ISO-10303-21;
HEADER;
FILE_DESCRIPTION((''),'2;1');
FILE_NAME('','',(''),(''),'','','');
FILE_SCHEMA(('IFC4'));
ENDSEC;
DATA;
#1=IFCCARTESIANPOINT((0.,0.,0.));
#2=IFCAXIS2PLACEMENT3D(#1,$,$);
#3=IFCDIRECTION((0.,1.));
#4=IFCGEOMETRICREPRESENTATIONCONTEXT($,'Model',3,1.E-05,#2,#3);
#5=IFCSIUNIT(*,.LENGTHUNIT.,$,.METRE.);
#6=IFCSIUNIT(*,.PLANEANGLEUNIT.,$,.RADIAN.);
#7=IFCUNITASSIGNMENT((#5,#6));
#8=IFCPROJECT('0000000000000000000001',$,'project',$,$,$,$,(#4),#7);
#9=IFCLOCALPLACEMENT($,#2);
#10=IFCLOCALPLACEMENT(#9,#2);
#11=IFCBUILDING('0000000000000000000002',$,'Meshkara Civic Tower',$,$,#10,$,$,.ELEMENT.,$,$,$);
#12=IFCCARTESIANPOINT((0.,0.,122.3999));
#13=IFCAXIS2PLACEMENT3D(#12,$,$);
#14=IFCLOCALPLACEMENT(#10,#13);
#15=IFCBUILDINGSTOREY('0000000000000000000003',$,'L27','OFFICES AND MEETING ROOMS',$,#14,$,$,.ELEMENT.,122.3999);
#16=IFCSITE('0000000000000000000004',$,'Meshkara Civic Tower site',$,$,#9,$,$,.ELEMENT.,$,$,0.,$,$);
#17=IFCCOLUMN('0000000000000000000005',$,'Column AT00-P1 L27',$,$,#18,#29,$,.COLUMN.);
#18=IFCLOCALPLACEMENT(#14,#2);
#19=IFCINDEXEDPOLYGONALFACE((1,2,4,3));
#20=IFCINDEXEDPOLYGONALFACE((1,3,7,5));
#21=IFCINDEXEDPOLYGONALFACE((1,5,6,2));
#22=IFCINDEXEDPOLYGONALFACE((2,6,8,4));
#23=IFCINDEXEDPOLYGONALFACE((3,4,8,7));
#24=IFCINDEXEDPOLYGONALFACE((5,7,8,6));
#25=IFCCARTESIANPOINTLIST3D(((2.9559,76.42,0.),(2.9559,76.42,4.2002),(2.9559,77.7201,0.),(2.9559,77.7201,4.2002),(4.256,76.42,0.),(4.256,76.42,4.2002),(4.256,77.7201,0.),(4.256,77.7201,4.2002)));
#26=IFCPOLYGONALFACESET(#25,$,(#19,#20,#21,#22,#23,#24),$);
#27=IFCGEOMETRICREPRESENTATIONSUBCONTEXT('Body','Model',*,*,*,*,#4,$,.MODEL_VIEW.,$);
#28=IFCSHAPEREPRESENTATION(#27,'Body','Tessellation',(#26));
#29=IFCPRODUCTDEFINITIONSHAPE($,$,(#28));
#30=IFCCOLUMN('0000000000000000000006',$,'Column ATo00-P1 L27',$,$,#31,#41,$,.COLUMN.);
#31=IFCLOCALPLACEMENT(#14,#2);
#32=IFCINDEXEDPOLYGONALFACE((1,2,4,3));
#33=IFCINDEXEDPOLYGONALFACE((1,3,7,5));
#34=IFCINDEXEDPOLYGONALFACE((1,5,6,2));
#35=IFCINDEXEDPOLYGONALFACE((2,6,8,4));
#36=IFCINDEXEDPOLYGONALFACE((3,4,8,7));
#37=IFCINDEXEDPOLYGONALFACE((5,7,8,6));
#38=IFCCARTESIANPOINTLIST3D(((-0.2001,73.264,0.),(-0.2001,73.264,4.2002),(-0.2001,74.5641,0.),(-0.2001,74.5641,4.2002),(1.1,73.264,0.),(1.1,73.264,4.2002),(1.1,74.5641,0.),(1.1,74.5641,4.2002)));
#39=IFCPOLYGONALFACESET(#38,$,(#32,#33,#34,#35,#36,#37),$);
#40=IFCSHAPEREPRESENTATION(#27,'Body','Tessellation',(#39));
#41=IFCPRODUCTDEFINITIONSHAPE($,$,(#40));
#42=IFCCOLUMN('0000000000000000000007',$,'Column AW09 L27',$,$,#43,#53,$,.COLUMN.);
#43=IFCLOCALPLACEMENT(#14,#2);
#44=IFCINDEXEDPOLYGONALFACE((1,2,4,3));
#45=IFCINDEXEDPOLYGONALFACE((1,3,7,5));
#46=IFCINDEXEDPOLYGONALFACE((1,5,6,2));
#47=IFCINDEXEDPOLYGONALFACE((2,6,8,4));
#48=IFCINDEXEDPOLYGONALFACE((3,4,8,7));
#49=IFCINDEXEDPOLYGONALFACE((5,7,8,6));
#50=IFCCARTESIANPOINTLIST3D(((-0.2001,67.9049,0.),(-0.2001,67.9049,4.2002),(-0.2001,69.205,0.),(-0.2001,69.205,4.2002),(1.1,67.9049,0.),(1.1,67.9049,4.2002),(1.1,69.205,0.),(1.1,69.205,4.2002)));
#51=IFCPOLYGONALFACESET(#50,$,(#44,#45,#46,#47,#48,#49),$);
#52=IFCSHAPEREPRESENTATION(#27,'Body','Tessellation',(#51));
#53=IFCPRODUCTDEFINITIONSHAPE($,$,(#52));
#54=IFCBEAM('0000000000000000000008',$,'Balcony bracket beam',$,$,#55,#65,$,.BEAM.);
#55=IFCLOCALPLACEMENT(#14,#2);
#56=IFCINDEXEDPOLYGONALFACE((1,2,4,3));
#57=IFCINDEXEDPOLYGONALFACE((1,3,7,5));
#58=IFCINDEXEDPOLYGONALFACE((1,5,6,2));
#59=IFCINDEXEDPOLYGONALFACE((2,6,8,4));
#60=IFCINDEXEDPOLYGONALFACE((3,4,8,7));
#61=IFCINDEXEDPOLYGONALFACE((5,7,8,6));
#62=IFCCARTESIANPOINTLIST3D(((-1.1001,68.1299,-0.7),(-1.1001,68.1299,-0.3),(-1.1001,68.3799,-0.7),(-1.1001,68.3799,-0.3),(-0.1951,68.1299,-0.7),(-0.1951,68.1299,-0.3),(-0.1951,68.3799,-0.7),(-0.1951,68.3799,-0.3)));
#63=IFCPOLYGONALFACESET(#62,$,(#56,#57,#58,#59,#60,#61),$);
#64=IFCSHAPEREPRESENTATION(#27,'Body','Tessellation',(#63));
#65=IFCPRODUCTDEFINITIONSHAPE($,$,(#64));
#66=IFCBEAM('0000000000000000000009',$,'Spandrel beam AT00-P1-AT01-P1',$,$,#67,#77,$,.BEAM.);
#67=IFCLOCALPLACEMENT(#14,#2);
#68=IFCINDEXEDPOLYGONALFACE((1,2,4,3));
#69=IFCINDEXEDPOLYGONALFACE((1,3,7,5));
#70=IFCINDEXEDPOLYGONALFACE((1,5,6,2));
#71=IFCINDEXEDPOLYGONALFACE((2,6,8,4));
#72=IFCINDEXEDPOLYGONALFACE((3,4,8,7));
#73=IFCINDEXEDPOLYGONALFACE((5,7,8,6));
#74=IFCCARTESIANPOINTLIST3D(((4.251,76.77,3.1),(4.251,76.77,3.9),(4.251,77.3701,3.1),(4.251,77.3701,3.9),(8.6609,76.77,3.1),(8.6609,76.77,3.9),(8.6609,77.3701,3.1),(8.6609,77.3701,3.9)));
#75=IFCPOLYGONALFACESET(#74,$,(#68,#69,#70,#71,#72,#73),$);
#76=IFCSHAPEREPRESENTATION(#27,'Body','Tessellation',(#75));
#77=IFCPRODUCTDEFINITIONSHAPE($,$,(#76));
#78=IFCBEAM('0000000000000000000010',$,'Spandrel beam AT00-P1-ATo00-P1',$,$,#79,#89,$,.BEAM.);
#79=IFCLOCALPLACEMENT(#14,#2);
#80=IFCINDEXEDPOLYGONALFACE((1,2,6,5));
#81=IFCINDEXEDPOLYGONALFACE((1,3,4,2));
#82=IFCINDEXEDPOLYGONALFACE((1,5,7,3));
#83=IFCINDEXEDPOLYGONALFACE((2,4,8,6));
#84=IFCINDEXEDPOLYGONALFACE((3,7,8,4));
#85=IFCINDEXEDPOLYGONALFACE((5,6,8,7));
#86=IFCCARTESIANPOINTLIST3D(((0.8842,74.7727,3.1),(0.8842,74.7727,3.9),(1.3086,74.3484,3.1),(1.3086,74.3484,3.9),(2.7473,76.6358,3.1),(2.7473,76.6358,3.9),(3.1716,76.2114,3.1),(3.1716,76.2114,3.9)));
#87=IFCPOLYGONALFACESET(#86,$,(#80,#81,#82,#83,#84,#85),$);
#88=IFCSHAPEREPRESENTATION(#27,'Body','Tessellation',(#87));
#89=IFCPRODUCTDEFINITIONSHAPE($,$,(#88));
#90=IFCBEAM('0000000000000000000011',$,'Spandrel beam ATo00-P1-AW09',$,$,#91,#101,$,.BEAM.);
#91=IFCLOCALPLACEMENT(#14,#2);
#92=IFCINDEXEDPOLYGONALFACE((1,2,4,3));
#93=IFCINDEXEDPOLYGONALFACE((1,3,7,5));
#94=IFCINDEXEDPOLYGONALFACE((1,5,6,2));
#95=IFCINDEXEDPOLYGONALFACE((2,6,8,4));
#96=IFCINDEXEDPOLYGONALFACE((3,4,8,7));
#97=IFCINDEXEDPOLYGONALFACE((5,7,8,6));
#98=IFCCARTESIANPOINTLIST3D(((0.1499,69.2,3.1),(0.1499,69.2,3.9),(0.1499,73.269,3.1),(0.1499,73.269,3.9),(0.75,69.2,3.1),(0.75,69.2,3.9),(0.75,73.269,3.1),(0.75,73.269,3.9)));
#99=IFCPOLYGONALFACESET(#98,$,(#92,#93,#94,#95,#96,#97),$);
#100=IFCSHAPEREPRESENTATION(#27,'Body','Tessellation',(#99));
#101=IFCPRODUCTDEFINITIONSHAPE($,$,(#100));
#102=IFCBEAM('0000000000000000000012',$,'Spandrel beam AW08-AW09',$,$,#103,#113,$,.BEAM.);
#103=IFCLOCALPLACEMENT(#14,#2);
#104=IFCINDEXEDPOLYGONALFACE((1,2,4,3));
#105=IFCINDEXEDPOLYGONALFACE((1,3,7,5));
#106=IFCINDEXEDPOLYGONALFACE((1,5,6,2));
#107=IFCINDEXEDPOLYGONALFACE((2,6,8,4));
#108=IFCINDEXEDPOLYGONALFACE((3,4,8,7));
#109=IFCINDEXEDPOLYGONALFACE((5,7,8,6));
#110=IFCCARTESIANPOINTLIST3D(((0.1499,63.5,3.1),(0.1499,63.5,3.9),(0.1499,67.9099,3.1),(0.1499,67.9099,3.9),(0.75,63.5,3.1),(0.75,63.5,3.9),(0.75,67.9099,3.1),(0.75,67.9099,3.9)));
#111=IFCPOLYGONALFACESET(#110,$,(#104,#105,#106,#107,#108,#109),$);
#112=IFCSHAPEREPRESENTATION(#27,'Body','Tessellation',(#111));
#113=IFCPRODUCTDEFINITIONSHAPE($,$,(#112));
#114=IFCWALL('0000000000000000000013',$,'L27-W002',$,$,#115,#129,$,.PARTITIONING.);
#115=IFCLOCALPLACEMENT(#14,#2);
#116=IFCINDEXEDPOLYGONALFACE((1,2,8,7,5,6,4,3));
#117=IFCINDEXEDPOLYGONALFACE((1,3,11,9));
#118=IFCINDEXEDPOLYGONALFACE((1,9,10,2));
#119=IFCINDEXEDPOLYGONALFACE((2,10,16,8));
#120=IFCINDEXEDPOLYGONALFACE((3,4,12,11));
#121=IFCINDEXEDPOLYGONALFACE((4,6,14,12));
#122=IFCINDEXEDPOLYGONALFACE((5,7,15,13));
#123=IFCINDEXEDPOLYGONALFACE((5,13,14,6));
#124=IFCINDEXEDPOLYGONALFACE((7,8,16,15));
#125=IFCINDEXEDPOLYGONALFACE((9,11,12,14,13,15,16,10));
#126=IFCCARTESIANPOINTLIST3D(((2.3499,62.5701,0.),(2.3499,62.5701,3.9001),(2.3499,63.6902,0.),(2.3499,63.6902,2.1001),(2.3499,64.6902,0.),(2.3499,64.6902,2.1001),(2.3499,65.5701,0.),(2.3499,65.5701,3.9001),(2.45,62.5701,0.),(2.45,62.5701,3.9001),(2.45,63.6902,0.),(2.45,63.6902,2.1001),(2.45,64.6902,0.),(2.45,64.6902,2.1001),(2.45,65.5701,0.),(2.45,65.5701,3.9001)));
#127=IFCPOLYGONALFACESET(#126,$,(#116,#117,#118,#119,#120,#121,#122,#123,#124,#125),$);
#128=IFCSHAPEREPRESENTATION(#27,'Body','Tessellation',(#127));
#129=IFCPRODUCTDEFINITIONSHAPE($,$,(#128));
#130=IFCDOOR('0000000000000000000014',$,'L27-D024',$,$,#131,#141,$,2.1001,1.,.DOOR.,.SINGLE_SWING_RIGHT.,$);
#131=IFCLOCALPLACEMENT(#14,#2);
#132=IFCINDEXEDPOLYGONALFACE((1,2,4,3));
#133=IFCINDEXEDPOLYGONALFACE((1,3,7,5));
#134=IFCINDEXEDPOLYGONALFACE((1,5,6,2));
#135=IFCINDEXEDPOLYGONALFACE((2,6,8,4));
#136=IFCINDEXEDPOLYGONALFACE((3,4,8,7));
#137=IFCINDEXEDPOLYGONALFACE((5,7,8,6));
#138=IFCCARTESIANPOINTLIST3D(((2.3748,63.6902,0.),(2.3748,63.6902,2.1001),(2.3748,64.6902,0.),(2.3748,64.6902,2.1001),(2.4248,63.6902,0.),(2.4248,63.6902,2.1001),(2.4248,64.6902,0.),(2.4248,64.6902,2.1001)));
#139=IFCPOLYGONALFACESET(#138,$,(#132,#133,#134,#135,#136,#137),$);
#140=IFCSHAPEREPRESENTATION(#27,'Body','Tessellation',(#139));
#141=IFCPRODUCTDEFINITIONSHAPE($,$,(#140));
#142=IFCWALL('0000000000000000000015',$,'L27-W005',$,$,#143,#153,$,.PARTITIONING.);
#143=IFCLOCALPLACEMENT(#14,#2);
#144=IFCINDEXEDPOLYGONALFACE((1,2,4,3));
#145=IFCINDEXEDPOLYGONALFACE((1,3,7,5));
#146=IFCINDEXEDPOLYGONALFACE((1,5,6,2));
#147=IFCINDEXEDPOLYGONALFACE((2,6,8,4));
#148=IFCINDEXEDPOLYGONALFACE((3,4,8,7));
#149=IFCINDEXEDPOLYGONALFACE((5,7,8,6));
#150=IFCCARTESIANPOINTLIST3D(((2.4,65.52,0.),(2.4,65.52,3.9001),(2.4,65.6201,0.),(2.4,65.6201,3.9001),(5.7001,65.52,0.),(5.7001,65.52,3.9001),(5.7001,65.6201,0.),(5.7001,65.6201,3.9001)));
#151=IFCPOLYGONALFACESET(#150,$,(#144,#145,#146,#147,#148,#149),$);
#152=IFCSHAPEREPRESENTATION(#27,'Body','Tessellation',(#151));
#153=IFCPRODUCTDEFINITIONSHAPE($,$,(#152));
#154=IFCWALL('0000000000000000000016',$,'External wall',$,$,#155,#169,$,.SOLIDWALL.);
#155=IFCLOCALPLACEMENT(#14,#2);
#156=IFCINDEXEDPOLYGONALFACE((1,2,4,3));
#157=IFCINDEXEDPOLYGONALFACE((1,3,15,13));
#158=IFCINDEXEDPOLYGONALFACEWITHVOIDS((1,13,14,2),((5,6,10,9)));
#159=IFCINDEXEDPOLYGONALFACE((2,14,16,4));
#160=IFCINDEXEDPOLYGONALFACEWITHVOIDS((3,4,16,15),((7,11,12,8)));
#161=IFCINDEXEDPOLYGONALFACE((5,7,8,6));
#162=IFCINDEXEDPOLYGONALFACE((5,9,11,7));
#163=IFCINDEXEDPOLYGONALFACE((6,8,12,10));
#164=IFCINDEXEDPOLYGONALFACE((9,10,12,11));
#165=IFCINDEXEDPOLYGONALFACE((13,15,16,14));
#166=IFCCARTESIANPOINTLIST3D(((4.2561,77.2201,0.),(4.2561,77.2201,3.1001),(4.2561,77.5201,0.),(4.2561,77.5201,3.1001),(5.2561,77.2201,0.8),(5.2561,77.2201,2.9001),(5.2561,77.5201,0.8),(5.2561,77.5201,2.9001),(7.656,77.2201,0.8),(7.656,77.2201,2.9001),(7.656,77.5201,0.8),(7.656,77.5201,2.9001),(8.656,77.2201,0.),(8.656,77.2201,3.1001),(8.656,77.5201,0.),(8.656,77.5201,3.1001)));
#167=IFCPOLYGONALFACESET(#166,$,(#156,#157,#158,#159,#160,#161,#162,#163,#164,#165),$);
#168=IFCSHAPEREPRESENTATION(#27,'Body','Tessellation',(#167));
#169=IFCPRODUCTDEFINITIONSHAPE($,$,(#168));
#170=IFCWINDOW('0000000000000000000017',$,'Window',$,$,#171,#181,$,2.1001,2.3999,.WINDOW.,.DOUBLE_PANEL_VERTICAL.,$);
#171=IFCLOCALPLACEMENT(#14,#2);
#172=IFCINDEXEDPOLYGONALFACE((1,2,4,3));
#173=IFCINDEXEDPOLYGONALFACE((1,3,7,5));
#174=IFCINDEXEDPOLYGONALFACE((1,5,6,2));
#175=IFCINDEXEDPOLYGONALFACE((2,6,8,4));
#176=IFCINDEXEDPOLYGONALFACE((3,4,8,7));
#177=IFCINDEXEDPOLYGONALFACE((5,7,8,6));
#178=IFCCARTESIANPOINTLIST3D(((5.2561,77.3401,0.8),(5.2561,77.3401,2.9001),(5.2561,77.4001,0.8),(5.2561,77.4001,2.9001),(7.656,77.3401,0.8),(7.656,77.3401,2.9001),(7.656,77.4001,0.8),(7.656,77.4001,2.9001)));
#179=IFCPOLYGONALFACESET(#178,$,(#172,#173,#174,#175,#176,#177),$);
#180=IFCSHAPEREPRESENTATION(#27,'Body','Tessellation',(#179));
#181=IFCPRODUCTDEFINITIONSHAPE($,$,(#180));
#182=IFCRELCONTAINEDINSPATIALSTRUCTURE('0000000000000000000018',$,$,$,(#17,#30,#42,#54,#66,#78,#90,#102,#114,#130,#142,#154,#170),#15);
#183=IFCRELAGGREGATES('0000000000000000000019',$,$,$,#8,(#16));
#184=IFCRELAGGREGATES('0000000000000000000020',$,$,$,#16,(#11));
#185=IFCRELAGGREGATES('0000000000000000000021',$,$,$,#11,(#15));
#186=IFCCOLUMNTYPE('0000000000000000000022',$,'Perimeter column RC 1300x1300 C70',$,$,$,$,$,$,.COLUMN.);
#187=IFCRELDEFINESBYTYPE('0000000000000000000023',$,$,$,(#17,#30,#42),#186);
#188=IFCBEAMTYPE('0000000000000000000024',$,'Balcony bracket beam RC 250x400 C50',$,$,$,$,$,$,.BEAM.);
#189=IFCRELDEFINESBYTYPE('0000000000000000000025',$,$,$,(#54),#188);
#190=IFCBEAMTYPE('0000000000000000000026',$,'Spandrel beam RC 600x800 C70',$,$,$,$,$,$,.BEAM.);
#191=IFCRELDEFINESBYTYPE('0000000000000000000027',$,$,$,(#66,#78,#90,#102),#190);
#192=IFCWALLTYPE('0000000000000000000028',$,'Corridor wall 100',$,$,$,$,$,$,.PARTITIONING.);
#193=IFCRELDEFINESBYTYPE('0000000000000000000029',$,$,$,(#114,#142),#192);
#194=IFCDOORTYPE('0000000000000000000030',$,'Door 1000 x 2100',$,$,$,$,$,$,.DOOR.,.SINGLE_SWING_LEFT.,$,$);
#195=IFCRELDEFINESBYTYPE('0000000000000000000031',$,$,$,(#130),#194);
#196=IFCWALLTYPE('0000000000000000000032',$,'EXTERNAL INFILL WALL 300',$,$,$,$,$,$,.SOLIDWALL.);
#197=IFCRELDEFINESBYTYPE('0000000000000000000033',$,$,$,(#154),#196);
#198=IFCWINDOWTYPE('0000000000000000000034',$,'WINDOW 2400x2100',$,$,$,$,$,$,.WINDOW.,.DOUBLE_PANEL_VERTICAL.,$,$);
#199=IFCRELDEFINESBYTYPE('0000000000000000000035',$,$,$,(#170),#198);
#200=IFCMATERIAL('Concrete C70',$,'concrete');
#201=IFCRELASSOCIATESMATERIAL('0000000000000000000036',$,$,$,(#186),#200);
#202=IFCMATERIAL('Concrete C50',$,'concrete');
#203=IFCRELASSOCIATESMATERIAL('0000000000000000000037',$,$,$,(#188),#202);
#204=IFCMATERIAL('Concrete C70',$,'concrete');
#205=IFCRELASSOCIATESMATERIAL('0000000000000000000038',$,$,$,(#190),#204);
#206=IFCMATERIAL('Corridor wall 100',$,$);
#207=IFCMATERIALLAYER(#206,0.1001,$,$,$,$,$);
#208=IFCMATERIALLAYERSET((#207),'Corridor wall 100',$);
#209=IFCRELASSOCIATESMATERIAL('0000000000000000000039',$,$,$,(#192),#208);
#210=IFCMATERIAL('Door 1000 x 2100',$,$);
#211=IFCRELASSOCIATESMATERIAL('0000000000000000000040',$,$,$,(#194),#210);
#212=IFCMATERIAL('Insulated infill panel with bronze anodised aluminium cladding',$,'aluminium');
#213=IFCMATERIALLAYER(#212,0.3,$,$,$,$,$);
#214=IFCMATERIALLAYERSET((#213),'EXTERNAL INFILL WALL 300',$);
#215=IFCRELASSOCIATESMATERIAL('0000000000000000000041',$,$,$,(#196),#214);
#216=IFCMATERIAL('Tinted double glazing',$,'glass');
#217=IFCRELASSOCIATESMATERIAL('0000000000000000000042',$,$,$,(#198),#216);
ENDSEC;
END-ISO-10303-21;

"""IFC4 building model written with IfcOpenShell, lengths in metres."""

from ifc_helpers import new_model, si_unit, direction, frame, frame_2d, origin, origin_2d, place, context, subcontext, project, spatial, rectangle, extrude, material, layer, layer_set, material_profile, profile_set, type_object, element, fill, save


model = new_model("IFC4")

# Units and contexts
model_context = context("Model", 3, precision=1e-05, world=origin(), true_north=direction((0.0, 1.0)))
body_context = subcontext(model_context, "Body", "Model", "MODEL_VIEW")
ifc_project = project(units=[si_unit("LENGTHUNIT", "METRE"), si_unit("PLANEANGLEUNIT", "RADIAN")], contexts=[model_context])

# Site, building, storey
site_placement = place(None, origin())
site = spatial("IfcSite", under=ifc_project, at=site_placement, Name="Meshkara Civic Tower site", CompositionType="ELEMENT", RefElevation=0.0)
building_placement = place(site_placement, origin())
building = spatial("IfcBuilding", under=site, at=building_placement, Name="Meshkara Civic Tower", CompositionType="ELEMENT")
storey_placement = place(building_placement, frame((0.0, 0.0, 122.3999)))
storey = spatial("IfcBuildingStorey", under=building, at=storey_placement, Name="L27", Description="OFFICES AND MEETING ROOMS", CompositionType="ELEMENT", Elevation=122.3999)

# Columns
ifc_material_1 = material(Name="Concrete C70", Category="concrete")
ifc_material_profile_1 = material_profile(ifc_material_1, rectangle(XDim=1.3, YDim=1.3, at=origin_2d()))
ifc_profile_set_1 = profile_set([ifc_material_profile_1], Name="Concrete C70")
column_type = type_object("IfcColumnType", Name="Perimeter column RC 1300x1300 C70", PredefinedType="COLUMN", material=ifc_profile_set_1)
for number, where, z_axis, x_axis, name in (
    (1, (3.606, 77.0701, 0.0), (0.0, 0.0, 1.0), (1.0, 0.0, 0.0), "Column AT00-P1 L27"),
    (2, (0.45, 73.9141, 0.0), (0.0, 0.0, 1.0), (1.0, 0.0, 0.0), "Column ATo00-P1 L27"),
    (3, (0.45, 68.5549, 0.0), (0.0, 0.0, 1.0), (1.0, 0.0, 0.0), "Column AW09 L27"),
):
    element("IfcColumn", number, at=place(storey_placement, frame(where, z_axis=z_axis, x_axis=x_axis)), inside=storey, type_object=column_type, Name=name, PredefinedType="COLUMN", context=body_context, shape_type="SweptSolid", body=[
        extrude(rectangle(XDim=1.3, YDim=1.3, at=origin_2d()), origin(), (0.0, 0.0, 1.0), 4.2002),
    ])

# Beams
ifc_material_2 = material(Name="Concrete C50", Category="concrete")
ifc_material_profile_2 = material_profile(ifc_material_2, rectangle(XDim=0.25, YDim=0.3999, at=origin_2d()))
ifc_profile_set_2 = profile_set([ifc_material_profile_2], Name="Concrete C50")
beam_type_1 = type_object("IfcBeamType", Name="Balcony bracket beam RC 250x400 C50", PredefinedType="BEAM", material=ifc_profile_set_2)
beam_1_placement = place(storey_placement, frame((-0.1951, 68.2549, -0.5), z_axis=(-1.0, 0.0, 0.0), x_axis=(0.0, -1.0, 0.0)))
element("IfcBeam", 4, at=beam_1_placement, inside=storey, type_object=beam_type_1, Name="Balcony bracket beam", PredefinedType="BEAM", context=body_context, shape_type="SweptSolid", body=[
    extrude(rectangle(XDim=0.25, YDim=0.3999, at=origin_2d()), origin(), (0.0, 0.0, 1.0), 0.905),
])
ifc_material_3 = material(Name="Concrete C70", Category="concrete")
ifc_material_profile_3 = material_profile(ifc_material_3, rectangle(XDim=0.6001, YDim=0.8, at=origin_2d()))
ifc_profile_set_3 = profile_set([ifc_material_profile_3], Name="Concrete C70")
beam_type_2 = type_object("IfcBeamType", Name="Spandrel beam RC 600x800 C70", PredefinedType="BEAM", material=ifc_profile_set_3)
beam_2_placement = place(storey_placement, frame((8.6609, 77.0701, 3.5), z_axis=(-1.0, 0.0, 0.0), x_axis=(0.0, -1.0, 0.0)))
element("IfcBeam", 5, at=beam_2_placement, inside=storey, type_object=beam_type_2, Name="Spandrel beam AT00-P1-AT01-P1", PredefinedType="BEAM", context=body_context, shape_type="SweptSolid", body=[
    extrude(rectangle(XDim=0.6001, YDim=0.8, at=origin_2d()), origin(), (0.0, 0.0, 1.0), 4.4099),
])
beam_3_placement = place(storey_placement, frame((2.9595, 76.4236, 3.5), z_axis=(-0.707107, -0.707107, 0.0), x_axis=(0.707107, -0.707107, 0.0)))
element("IfcBeam", 6, at=beam_3_placement, inside=storey, type_object=beam_type_2, Name="Spandrel beam AT00-P1-ATo00-P1", PredefinedType="BEAM", context=body_context, shape_type="SweptSolid", body=[
    extrude(rectangle(XDim=0.6001, YDim=0.8, at=origin_2d()), origin(), (0.0, 0.0, 1.0), 2.6348),
])
beam_4_placement = place(storey_placement, frame((0.45, 73.269, 3.5), z_axis=(0.0, -1.0, 0.0), x_axis=(1.0, 0.0, 0.0)))
element("IfcBeam", 7, at=beam_4_placement, inside=storey, type_object=beam_type_2, Name="Spandrel beam ATo00-P1-AW09", PredefinedType="BEAM", context=body_context, shape_type="SweptSolid", body=[
    extrude(rectangle(XDim=0.6001, YDim=0.8, at=origin_2d()), origin(), (0.0, 0.0, 1.0), 4.0691),
])
beam_5_placement = place(storey_placement, frame((0.45, 67.9099, 3.5), z_axis=(0.0, -1.0, 0.0), x_axis=(1.0, 0.0, 0.0)))
element("IfcBeam", 8, at=beam_5_placement, inside=storey, type_object=beam_type_2, Name="Spandrel beam AW08-AW09", PredefinedType="BEAM", context=body_context, shape_type="SweptSolid", body=[
    extrude(rectangle(XDim=0.6001, YDim=0.8, at=origin_2d()), origin(), (0.0, 0.0, 1.0), 4.4099),
])

# Wall, opening, door
ifc_material_4 = material(Name="Corridor wall 100")
ifc_layer_1 = layer(ifc_material_4, 0.1001)
ifc_layer_set_1 = layer_set([ifc_layer_1], Name="Corridor wall 100")
wall_type_1 = type_object("IfcWallType", Name="Corridor wall 100", PredefinedType="PARTITIONING", material=ifc_layer_set_1)
wall_1_placement = place(storey_placement, frame((2.3999, 65.5701, 0.0), z_axis=(0.0, 0.0, 1.0), x_axis=(0.0, -1.0, 0.0)))
wall_1 = element("IfcWall", 9, at=wall_1_placement, inside=storey, type_object=wall_type_1, Name="L27-W002", PredefinedType="PARTITIONING", context=body_context, shape_type="SweptSolid", body=[
    extrude(rectangle(XDim=3.0, YDim=0.1001, at=frame_2d((1.5, 0.0))), origin(), (0.0, 0.0, 1.0), 3.9001),
])
opening_1_placement = place(wall_1_placement, frame((0.8799, 0.0, 0.0)))
opening_1 = element("IfcOpeningElement", 10, at=opening_1_placement, cuts=wall_1, PredefinedType="OPENING", context=body_context, shape_type="SweptSolid", body=[
    extrude(rectangle(XDim=1.0, YDim=2.1001, at=frame_2d((0.5, 1.05))), frame((0.0, 0.0601, 0.0), z_axis=(0.0, -1.0, 0.0), x_axis=(1.0, 0.0, 0.0)), (0.0, 0.0, 1.0), 0.1201),
])
ifc_material_5 = material(Name="Door 1000 x 2100")
door_type_1 = type_object("IfcDoorType", Name="Door 1000 x 2100", OperationType="SINGLE_SWING_LEFT", PredefinedType="DOOR", material=ifc_material_5)
door_1_placement = place(opening_1_placement, origin())
door_1 = element("IfcDoor", 11, at=door_1_placement, inside=storey, type_object=door_type_1, Name="L27-D024", OperationType="SINGLE_SWING_RIGHT", OverallHeight=2.1001, OverallWidth=1.0, PredefinedType="DOOR", context=body_context, shape_type="SweptSolid", body=[
    extrude(rectangle(XDim=1.0, YDim=2.1001, at=frame_2d((0.5, 1.05))), frame((0.0, 0.0249, 0.0), z_axis=(0.0, -1.0, 0.0), x_axis=(1.0, 0.0, 0.0)), (0.0, 0.0, 1.0), 0.05),
])
fill(opening_1, door_1)

# Wall
wall_2_placement = place(storey_placement, frame((5.7, 65.5701, 0.0), z_axis=(0.0, 0.0, 1.0), x_axis=(-1.0, 0.0, 0.0)))
element("IfcWall", 12, at=wall_2_placement, inside=storey, type_object=wall_type_1, Name="L27-W005", PredefinedType="PARTITIONING", context=body_context, shape_type="SweptSolid", body=[
    extrude(rectangle(XDim=3.3, YDim=0.1001, at=frame_2d((1.6499, 0.0))), origin(), (0.0, 0.0, 1.0), 3.9001),
])

# Wall, opening, window
ifc_material_6 = material(Name="Insulated infill panel with bronze anodised aluminium cladding", Category="aluminium")
ifc_layer_2 = layer(ifc_material_6, 0.3)
ifc_layer_set_2 = layer_set([ifc_layer_2], Name="EXTERNAL INFILL WALL 300")
wall_type_2 = type_object("IfcWallType", Name="EXTERNAL INFILL WALL 300", PredefinedType="SOLIDWALL", material=ifc_layer_set_2)
wall_3_placement = place(storey_placement, frame((8.656, 77.3701, 0.0), z_axis=(0.0, 0.0, 1.0), x_axis=(-1.0, 0.0, 0.0)))
wall_3 = element("IfcWall", 13, at=wall_3_placement, inside=storey, type_object=wall_type_2, Name="External wall", PredefinedType="SOLIDWALL", context=body_context, shape_type="SweptSolid", body=[
    extrude(rectangle(XDim=4.3999, YDim=0.3, at=frame_2d((2.2, 0.0))), origin(), (0.0, 0.0, 1.0), 3.1001),
])
opening_2_placement = place(wall_3_placement, frame((1.0, 0.0, 0.8)))
opening_2 = element("IfcOpeningElement", 14, at=opening_2_placement, cuts=wall_3, PredefinedType="OPENING", context=body_context, shape_type="SweptSolid", body=[
    extrude(rectangle(XDim=2.3999, YDim=2.1001, at=frame_2d((1.2, 1.05))), frame((0.0, 0.1599, 0.0), z_axis=(0.0, -1.0, 0.0), x_axis=(1.0, 0.0, 0.0)), (0.0, 0.0, 1.0), 0.3201),
])
ifc_material_7 = material(Name="Tinted double glazing", Category="glass")
window_type_1 = type_object("IfcWindowType", Name="WINDOW 2400x2100", PartitioningType="DOUBLE_PANEL_VERTICAL", PredefinedType="WINDOW", material=ifc_material_7)
window_1_placement = place(opening_2_placement, origin())
window_1 = element("IfcWindow", 15, at=window_1_placement, inside=storey, type_object=window_type_1, Name="Window", OverallHeight=2.1001, OverallWidth=2.3999, PartitioningType="DOUBLE_PANEL_VERTICAL", PredefinedType="WINDOW", context=body_context, shape_type="SweptSolid", body=[
    extrude(rectangle(XDim=2.3999, YDim=2.1001, at=frame_2d((1.2, 1.05))), frame((0.0, 0.03, 0.0), z_axis=(0.0, -1.0, 0.0), x_axis=(1.0, 0.0, 0.0)), (0.0, 0.0, 1.0), 0.0601),
])
fill(opening_2, window_1)

save(model, "model.ifc")
